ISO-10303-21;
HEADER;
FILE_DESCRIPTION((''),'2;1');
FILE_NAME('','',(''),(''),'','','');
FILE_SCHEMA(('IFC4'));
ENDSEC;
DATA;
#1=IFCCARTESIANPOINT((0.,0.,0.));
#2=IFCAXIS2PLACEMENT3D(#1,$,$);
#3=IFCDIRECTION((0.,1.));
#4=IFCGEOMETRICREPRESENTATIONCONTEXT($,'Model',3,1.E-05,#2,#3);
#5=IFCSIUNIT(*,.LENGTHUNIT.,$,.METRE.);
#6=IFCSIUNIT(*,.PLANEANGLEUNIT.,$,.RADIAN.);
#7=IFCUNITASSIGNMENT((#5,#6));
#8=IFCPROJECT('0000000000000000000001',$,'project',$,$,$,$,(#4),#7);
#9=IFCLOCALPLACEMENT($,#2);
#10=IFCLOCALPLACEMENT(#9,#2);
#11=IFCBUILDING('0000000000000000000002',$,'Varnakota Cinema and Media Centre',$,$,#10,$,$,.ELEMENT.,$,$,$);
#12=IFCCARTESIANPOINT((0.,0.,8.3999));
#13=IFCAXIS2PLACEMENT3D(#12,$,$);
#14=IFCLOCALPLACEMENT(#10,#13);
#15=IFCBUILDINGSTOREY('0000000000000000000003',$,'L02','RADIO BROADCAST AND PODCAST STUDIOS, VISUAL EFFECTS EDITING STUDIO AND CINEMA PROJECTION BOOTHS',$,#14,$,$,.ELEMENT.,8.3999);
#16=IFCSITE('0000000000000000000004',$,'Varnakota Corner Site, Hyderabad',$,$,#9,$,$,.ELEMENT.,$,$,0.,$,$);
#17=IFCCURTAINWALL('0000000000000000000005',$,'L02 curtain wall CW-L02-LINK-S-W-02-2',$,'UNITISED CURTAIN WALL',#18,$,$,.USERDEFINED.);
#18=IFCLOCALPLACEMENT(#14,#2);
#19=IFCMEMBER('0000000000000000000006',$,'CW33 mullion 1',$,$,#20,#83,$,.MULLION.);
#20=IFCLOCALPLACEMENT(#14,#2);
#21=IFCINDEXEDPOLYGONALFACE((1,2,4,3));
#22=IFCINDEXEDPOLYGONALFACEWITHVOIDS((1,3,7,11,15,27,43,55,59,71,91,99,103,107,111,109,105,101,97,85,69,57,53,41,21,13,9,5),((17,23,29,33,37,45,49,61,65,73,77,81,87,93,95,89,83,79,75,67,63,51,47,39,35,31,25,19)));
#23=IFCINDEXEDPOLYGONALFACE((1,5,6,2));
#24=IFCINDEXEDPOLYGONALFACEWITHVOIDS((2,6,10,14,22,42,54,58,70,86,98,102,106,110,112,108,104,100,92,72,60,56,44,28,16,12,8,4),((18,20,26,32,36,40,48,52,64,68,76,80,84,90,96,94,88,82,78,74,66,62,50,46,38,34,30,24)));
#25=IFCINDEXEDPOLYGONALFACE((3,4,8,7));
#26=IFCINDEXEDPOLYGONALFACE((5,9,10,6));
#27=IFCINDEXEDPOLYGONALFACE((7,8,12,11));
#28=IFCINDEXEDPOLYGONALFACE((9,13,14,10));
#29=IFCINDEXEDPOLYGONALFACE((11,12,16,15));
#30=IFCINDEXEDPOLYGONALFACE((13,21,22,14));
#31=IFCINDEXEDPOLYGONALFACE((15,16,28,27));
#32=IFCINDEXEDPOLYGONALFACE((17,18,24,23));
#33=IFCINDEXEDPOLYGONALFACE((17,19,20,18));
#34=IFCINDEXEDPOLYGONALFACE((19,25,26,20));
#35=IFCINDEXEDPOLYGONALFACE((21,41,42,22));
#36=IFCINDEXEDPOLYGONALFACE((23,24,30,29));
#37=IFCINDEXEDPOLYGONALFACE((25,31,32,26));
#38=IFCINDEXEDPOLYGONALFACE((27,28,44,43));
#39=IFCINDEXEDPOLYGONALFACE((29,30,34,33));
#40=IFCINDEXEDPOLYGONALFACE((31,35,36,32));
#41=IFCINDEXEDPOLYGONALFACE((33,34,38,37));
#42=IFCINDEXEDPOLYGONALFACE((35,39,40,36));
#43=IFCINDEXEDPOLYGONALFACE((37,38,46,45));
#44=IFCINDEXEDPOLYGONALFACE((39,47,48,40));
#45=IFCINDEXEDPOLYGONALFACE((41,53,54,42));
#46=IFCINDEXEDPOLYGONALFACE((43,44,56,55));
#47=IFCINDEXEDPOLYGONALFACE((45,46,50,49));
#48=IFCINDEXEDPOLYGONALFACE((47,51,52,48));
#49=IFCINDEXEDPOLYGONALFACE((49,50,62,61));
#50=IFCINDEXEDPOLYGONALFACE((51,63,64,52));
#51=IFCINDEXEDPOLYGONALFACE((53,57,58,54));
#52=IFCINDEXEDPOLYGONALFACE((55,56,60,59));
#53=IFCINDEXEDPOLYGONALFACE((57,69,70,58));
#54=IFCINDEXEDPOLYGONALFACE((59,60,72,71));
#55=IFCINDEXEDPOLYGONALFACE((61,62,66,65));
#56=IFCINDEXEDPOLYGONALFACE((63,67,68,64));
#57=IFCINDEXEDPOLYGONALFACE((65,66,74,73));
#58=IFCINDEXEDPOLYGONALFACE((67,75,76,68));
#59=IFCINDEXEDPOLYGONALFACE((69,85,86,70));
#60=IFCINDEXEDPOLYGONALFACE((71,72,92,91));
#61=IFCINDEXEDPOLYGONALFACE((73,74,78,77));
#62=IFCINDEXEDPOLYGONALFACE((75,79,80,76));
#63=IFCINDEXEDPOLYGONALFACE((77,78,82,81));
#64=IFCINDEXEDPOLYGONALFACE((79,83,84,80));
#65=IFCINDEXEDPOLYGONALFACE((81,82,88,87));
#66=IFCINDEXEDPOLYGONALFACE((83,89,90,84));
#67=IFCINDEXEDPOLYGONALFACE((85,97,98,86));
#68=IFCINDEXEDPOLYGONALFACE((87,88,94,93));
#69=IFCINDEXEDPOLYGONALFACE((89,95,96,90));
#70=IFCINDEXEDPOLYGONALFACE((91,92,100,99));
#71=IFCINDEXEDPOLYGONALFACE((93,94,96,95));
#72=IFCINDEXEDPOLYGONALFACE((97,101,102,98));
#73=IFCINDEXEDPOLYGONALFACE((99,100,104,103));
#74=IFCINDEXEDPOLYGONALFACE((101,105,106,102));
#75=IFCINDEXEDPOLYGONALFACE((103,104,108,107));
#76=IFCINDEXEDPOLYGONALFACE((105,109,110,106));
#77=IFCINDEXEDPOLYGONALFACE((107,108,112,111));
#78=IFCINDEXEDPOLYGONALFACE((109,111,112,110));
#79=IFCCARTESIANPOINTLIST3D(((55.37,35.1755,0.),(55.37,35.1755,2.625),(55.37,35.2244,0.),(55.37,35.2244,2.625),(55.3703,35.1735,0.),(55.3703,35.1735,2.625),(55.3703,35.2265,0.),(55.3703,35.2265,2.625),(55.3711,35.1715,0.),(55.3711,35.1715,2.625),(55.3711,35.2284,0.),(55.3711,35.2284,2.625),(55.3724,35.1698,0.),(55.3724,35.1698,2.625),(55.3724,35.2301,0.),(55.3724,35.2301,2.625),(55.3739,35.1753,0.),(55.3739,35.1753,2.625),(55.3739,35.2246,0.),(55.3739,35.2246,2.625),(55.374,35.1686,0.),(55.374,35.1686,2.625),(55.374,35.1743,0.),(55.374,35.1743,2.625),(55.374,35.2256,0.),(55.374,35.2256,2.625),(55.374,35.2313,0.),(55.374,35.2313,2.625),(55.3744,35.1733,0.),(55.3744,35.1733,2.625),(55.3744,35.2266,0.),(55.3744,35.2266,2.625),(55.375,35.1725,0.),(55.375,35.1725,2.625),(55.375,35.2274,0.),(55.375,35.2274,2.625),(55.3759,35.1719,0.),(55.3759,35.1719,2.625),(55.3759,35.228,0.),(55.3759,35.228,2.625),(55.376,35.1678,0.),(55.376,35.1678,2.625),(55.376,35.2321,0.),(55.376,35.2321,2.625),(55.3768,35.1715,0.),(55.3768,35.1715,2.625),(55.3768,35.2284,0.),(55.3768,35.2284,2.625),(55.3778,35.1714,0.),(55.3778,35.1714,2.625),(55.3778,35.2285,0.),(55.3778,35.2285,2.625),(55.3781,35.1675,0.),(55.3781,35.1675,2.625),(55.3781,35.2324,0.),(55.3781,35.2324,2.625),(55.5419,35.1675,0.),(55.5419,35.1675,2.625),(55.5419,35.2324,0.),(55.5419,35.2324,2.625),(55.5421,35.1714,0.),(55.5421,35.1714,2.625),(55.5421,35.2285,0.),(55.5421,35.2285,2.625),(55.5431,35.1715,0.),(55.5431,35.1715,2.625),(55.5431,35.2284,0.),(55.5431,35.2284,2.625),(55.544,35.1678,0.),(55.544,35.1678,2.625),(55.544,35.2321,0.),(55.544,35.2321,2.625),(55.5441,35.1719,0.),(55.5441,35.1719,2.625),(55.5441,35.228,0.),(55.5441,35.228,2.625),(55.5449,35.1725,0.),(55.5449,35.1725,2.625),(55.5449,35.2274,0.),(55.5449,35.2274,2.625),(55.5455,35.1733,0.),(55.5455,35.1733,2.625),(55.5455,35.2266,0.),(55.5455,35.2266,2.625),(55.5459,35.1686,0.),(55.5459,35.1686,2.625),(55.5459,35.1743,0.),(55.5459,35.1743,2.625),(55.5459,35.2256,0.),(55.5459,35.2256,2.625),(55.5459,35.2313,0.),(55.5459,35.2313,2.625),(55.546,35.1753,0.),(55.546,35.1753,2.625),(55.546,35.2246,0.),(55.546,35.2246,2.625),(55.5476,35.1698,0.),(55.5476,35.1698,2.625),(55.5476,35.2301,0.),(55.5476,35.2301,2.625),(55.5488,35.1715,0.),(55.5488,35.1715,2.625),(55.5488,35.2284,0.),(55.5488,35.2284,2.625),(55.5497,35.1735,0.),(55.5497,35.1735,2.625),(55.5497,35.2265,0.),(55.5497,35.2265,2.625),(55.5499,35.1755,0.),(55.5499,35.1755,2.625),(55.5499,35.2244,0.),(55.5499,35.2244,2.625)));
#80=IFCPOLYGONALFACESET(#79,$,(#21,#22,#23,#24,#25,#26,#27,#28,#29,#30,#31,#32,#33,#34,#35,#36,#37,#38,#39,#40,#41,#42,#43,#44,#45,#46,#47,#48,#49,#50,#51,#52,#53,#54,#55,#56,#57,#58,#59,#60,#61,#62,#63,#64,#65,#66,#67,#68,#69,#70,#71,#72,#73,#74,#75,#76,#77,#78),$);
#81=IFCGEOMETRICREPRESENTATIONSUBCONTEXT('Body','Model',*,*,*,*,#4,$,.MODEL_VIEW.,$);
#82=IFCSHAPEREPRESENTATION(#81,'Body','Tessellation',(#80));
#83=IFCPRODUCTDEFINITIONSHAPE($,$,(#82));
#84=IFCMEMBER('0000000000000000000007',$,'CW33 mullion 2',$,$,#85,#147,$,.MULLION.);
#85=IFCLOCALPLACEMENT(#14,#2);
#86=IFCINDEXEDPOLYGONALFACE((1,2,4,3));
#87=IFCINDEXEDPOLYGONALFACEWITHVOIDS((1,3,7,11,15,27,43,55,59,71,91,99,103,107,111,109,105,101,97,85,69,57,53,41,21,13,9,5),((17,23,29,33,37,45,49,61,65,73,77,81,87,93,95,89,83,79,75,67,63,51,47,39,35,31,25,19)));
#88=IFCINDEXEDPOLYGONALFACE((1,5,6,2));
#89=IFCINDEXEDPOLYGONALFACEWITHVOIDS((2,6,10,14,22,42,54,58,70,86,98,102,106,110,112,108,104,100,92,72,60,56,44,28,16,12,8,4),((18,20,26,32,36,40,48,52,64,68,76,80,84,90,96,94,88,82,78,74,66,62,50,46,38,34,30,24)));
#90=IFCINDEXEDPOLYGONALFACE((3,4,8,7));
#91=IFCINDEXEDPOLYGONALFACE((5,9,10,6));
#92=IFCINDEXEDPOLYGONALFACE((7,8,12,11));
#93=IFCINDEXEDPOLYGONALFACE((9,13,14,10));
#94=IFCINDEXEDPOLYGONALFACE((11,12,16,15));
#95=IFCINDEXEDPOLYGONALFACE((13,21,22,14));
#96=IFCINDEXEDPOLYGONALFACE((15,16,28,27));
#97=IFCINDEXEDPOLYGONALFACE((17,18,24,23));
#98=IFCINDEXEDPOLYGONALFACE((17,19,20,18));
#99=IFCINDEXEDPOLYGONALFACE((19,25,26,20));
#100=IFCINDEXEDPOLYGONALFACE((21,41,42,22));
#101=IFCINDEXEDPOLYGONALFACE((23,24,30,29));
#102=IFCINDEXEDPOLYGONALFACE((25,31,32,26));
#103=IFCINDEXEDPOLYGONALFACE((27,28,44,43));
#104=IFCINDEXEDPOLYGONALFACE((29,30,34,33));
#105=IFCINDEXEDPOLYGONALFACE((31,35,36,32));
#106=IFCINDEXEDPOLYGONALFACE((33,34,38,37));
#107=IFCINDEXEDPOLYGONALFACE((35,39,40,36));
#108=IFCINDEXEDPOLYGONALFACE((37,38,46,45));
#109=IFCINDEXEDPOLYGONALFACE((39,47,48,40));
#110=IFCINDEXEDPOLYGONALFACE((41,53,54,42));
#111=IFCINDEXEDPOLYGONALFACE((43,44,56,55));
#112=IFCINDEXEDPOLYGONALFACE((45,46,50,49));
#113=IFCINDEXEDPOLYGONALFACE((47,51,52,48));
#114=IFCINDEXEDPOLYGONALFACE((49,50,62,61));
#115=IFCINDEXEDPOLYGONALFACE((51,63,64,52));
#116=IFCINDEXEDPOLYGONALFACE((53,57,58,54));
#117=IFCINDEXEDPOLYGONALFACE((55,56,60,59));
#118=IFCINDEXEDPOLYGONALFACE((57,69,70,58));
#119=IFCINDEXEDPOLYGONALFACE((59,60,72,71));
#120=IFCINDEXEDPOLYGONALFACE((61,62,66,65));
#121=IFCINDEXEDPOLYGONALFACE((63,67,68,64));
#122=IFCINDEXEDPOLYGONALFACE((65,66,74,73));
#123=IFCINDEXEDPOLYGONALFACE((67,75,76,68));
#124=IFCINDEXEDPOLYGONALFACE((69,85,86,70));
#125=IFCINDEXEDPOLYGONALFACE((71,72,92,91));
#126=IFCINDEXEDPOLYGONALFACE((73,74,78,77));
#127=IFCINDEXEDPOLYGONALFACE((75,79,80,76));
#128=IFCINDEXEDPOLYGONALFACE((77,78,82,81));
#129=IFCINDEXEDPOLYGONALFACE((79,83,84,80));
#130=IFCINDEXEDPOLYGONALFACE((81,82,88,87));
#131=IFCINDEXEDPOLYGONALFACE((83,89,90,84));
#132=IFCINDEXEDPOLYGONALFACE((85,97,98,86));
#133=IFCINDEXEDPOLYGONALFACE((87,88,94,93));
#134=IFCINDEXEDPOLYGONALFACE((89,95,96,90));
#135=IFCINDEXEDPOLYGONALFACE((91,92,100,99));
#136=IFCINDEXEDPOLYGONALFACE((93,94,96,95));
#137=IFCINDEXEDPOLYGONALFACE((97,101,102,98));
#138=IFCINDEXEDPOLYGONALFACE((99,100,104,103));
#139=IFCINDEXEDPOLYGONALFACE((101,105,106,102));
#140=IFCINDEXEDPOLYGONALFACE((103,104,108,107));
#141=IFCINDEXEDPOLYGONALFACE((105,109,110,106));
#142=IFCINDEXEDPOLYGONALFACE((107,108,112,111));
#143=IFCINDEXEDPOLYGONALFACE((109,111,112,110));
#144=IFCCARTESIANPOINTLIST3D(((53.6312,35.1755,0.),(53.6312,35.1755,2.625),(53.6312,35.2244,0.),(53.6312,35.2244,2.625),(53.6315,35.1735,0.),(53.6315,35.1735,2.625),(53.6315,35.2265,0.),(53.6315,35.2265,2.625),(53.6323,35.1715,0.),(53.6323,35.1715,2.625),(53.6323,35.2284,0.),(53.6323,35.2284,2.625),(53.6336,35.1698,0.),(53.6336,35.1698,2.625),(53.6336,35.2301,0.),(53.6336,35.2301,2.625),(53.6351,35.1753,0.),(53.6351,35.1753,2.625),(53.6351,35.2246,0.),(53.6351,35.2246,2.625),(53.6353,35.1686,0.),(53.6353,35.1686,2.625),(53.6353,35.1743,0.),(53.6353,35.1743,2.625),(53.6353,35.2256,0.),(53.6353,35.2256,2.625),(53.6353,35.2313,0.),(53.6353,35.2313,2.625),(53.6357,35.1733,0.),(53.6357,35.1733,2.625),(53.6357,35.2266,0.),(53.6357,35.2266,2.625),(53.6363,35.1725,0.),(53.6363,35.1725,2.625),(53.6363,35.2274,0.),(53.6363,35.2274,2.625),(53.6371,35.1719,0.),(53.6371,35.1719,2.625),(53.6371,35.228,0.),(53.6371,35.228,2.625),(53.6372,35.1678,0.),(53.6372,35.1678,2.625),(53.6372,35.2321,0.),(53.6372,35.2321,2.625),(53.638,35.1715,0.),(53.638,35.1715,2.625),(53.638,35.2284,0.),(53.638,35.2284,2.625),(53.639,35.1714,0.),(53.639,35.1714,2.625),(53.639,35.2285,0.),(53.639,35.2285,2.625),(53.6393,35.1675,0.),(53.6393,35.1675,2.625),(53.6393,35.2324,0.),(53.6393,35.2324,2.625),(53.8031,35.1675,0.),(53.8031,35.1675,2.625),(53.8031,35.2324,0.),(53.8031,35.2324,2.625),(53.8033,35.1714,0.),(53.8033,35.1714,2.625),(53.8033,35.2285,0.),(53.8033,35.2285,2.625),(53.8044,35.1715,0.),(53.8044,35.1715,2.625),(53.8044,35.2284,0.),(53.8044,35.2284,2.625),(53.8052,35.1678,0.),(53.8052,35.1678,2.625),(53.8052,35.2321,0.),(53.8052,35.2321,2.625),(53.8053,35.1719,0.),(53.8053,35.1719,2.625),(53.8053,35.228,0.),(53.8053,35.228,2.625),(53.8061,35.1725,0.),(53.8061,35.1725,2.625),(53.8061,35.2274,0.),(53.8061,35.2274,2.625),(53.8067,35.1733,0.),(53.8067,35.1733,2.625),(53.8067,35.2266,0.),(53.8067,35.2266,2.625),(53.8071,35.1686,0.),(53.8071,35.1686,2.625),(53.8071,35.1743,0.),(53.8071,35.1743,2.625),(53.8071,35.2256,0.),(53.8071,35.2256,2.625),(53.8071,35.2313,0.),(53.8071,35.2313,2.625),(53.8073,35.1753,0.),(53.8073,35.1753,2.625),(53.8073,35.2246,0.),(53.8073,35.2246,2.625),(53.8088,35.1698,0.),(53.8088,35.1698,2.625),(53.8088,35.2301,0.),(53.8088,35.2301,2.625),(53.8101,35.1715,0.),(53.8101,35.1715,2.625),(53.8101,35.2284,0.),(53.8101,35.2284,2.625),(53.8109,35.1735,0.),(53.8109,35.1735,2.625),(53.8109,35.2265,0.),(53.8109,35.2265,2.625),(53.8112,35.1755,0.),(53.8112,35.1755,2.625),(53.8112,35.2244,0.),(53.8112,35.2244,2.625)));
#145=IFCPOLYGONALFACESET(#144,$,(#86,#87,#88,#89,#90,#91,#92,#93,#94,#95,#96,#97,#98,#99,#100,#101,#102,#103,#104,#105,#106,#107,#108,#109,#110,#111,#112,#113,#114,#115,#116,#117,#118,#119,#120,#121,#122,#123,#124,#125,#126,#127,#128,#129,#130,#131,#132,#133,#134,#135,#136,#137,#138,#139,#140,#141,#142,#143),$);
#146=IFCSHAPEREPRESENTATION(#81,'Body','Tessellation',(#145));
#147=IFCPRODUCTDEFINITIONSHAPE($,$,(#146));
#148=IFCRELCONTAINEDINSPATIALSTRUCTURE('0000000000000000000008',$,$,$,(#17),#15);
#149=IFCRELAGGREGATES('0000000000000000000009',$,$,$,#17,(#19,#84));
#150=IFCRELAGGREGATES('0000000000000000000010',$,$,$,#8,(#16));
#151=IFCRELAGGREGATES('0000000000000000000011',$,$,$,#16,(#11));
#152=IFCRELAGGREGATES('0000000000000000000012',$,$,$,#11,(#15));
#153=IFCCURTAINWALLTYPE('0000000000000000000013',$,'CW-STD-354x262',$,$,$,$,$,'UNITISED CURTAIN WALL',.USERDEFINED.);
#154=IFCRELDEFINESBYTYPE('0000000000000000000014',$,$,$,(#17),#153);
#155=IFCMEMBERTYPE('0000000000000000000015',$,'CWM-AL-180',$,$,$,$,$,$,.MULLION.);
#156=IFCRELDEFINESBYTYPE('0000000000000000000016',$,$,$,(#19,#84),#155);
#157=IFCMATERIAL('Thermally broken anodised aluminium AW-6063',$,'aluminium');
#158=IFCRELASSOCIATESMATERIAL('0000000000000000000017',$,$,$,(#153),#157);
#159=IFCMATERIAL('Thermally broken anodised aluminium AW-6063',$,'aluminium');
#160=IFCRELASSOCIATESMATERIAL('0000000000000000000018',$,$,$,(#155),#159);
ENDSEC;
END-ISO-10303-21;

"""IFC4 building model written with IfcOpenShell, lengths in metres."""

from ifc_helpers import new_model, si_unit, direction, frame, origin, origin_2d, place, context, subcontext, project, spatial, hollow_rectangle, extrude, material, material_profile, profile_set, type_object, element, aggregate, save


model = new_model("IFC4")

# Units and contexts
model_context = context("Model", 3, precision=1e-05, world=origin(), true_north=direction((0.0, 1.0)))
body_context = subcontext(model_context, "Body", "Model", "MODEL_VIEW")
ifc_project = project(units=[si_unit("LENGTHUNIT", "METRE"), si_unit("PLANEANGLEUNIT", "RADIAN")], contexts=[model_context])

# Site, building, storey
site_placement = place(None, origin())
site = spatial("IfcSite", under=ifc_project, at=site_placement, Name="Varnakota Corner Site, Hyderabad", CompositionType="ELEMENT", RefElevation=0.0)
building_placement = place(site_placement, origin())
building = spatial("IfcBuilding", under=site, at=building_placement, Name="Varnakota Cinema and Media Centre", CompositionType="ELEMENT")
storey_placement = place(building_placement, frame((0.0, 0.0, 8.3999)))
storey = spatial("IfcBuildingStorey", under=building, at=storey_placement, Name="L02", Description="RADIO BROADCAST AND PODCAST STUDIOS, VISUAL EFFECTS EDITING STUDIO AND CINEMA PROJECTION BOOTHS", CompositionType="ELEMENT", Elevation=8.3999)

# Curtain wall, members
ifc_material_1 = material(Name="Thermally broken anodised aluminium AW-6063", Category="aluminium")
curtain_wall_type = type_object("IfcCurtainWallType", Name="CW-STD-354x262", ElementType="UNITISED CURTAIN WALL", PredefinedType="USERDEFINED", material=ifc_material_1)
ifc_material_2 = material(Name="Thermally broken anodised aluminium AW-6063", Category="aluminium")
ifc_material_profile_1 = material_profile(ifc_material_2, hollow_rectangle(XDim=0.0649, YDim=0.1799, WallThickness=0.0039, InnerFilletRadius=0.0039, OuterFilletRadius=0.0081, at=origin_2d()), Name="AL-MULLION 180x65x4")
ifc_profile_set_1 = profile_set([ifc_material_profile_1], Name="Thermally broken anodised aluminium AW-6063")
member_type_1 = type_object("IfcMemberType", Name="CWM-AL-180", PredefinedType="MULLION", material=ifc_profile_set_1)
curtain_wall_1_placement = place(storey_placement, origin())
curtain_wall_1 = element("IfcCurtainWall", 1, at=curtain_wall_1_placement, inside=storey, type_object=curtain_wall_type, Name="L02 curtain wall CW-L02-LINK-S-W-02-2", ObjectType="UNITISED CURTAIN WALL", PredefinedType="USERDEFINED")
member_1_placement = place(storey_placement, frame((55.46, 35.2, 0.0), z_axis=(0.0, 0.0, 1.0), x_axis=(0.0, -1.0, 0.0)))
member_1 = element("IfcMember", 2, at=member_1_placement, type_object=member_type_1, Name="CW33 mullion 1", PredefinedType="MULLION", context=body_context, shape_type="SweptSolid", body=[
    extrude(hollow_rectangle(XDim=0.0649, YDim=0.1799, WallThickness=0.0039, InnerFilletRadius=0.0039, OuterFilletRadius=0.0081, at=origin_2d()), origin(), (0.0, 0.0, 1.0), 2.625),
])
member_2_placement = place(storey_placement, frame((53.7212, 35.2, 0.0), z_axis=(0.0, 0.0, 1.0), x_axis=(0.0, -1.0, 0.0)))
member_2 = element("IfcMember", 3, at=member_2_placement, type_object=member_type_1, Name="CW33 mullion 2", PredefinedType="MULLION", context=body_context, shape_type="SweptSolid", body=[
    extrude(hollow_rectangle(XDim=0.0649, YDim=0.1799, WallThickness=0.0039, InnerFilletRadius=0.0039, OuterFilletRadius=0.0081, at=origin_2d()), origin(), (0.0, 0.0, 1.0), 2.625),
])

aggregate(curtain_wall_1, [member_1, member_2])

save(model, "model.ifc")
